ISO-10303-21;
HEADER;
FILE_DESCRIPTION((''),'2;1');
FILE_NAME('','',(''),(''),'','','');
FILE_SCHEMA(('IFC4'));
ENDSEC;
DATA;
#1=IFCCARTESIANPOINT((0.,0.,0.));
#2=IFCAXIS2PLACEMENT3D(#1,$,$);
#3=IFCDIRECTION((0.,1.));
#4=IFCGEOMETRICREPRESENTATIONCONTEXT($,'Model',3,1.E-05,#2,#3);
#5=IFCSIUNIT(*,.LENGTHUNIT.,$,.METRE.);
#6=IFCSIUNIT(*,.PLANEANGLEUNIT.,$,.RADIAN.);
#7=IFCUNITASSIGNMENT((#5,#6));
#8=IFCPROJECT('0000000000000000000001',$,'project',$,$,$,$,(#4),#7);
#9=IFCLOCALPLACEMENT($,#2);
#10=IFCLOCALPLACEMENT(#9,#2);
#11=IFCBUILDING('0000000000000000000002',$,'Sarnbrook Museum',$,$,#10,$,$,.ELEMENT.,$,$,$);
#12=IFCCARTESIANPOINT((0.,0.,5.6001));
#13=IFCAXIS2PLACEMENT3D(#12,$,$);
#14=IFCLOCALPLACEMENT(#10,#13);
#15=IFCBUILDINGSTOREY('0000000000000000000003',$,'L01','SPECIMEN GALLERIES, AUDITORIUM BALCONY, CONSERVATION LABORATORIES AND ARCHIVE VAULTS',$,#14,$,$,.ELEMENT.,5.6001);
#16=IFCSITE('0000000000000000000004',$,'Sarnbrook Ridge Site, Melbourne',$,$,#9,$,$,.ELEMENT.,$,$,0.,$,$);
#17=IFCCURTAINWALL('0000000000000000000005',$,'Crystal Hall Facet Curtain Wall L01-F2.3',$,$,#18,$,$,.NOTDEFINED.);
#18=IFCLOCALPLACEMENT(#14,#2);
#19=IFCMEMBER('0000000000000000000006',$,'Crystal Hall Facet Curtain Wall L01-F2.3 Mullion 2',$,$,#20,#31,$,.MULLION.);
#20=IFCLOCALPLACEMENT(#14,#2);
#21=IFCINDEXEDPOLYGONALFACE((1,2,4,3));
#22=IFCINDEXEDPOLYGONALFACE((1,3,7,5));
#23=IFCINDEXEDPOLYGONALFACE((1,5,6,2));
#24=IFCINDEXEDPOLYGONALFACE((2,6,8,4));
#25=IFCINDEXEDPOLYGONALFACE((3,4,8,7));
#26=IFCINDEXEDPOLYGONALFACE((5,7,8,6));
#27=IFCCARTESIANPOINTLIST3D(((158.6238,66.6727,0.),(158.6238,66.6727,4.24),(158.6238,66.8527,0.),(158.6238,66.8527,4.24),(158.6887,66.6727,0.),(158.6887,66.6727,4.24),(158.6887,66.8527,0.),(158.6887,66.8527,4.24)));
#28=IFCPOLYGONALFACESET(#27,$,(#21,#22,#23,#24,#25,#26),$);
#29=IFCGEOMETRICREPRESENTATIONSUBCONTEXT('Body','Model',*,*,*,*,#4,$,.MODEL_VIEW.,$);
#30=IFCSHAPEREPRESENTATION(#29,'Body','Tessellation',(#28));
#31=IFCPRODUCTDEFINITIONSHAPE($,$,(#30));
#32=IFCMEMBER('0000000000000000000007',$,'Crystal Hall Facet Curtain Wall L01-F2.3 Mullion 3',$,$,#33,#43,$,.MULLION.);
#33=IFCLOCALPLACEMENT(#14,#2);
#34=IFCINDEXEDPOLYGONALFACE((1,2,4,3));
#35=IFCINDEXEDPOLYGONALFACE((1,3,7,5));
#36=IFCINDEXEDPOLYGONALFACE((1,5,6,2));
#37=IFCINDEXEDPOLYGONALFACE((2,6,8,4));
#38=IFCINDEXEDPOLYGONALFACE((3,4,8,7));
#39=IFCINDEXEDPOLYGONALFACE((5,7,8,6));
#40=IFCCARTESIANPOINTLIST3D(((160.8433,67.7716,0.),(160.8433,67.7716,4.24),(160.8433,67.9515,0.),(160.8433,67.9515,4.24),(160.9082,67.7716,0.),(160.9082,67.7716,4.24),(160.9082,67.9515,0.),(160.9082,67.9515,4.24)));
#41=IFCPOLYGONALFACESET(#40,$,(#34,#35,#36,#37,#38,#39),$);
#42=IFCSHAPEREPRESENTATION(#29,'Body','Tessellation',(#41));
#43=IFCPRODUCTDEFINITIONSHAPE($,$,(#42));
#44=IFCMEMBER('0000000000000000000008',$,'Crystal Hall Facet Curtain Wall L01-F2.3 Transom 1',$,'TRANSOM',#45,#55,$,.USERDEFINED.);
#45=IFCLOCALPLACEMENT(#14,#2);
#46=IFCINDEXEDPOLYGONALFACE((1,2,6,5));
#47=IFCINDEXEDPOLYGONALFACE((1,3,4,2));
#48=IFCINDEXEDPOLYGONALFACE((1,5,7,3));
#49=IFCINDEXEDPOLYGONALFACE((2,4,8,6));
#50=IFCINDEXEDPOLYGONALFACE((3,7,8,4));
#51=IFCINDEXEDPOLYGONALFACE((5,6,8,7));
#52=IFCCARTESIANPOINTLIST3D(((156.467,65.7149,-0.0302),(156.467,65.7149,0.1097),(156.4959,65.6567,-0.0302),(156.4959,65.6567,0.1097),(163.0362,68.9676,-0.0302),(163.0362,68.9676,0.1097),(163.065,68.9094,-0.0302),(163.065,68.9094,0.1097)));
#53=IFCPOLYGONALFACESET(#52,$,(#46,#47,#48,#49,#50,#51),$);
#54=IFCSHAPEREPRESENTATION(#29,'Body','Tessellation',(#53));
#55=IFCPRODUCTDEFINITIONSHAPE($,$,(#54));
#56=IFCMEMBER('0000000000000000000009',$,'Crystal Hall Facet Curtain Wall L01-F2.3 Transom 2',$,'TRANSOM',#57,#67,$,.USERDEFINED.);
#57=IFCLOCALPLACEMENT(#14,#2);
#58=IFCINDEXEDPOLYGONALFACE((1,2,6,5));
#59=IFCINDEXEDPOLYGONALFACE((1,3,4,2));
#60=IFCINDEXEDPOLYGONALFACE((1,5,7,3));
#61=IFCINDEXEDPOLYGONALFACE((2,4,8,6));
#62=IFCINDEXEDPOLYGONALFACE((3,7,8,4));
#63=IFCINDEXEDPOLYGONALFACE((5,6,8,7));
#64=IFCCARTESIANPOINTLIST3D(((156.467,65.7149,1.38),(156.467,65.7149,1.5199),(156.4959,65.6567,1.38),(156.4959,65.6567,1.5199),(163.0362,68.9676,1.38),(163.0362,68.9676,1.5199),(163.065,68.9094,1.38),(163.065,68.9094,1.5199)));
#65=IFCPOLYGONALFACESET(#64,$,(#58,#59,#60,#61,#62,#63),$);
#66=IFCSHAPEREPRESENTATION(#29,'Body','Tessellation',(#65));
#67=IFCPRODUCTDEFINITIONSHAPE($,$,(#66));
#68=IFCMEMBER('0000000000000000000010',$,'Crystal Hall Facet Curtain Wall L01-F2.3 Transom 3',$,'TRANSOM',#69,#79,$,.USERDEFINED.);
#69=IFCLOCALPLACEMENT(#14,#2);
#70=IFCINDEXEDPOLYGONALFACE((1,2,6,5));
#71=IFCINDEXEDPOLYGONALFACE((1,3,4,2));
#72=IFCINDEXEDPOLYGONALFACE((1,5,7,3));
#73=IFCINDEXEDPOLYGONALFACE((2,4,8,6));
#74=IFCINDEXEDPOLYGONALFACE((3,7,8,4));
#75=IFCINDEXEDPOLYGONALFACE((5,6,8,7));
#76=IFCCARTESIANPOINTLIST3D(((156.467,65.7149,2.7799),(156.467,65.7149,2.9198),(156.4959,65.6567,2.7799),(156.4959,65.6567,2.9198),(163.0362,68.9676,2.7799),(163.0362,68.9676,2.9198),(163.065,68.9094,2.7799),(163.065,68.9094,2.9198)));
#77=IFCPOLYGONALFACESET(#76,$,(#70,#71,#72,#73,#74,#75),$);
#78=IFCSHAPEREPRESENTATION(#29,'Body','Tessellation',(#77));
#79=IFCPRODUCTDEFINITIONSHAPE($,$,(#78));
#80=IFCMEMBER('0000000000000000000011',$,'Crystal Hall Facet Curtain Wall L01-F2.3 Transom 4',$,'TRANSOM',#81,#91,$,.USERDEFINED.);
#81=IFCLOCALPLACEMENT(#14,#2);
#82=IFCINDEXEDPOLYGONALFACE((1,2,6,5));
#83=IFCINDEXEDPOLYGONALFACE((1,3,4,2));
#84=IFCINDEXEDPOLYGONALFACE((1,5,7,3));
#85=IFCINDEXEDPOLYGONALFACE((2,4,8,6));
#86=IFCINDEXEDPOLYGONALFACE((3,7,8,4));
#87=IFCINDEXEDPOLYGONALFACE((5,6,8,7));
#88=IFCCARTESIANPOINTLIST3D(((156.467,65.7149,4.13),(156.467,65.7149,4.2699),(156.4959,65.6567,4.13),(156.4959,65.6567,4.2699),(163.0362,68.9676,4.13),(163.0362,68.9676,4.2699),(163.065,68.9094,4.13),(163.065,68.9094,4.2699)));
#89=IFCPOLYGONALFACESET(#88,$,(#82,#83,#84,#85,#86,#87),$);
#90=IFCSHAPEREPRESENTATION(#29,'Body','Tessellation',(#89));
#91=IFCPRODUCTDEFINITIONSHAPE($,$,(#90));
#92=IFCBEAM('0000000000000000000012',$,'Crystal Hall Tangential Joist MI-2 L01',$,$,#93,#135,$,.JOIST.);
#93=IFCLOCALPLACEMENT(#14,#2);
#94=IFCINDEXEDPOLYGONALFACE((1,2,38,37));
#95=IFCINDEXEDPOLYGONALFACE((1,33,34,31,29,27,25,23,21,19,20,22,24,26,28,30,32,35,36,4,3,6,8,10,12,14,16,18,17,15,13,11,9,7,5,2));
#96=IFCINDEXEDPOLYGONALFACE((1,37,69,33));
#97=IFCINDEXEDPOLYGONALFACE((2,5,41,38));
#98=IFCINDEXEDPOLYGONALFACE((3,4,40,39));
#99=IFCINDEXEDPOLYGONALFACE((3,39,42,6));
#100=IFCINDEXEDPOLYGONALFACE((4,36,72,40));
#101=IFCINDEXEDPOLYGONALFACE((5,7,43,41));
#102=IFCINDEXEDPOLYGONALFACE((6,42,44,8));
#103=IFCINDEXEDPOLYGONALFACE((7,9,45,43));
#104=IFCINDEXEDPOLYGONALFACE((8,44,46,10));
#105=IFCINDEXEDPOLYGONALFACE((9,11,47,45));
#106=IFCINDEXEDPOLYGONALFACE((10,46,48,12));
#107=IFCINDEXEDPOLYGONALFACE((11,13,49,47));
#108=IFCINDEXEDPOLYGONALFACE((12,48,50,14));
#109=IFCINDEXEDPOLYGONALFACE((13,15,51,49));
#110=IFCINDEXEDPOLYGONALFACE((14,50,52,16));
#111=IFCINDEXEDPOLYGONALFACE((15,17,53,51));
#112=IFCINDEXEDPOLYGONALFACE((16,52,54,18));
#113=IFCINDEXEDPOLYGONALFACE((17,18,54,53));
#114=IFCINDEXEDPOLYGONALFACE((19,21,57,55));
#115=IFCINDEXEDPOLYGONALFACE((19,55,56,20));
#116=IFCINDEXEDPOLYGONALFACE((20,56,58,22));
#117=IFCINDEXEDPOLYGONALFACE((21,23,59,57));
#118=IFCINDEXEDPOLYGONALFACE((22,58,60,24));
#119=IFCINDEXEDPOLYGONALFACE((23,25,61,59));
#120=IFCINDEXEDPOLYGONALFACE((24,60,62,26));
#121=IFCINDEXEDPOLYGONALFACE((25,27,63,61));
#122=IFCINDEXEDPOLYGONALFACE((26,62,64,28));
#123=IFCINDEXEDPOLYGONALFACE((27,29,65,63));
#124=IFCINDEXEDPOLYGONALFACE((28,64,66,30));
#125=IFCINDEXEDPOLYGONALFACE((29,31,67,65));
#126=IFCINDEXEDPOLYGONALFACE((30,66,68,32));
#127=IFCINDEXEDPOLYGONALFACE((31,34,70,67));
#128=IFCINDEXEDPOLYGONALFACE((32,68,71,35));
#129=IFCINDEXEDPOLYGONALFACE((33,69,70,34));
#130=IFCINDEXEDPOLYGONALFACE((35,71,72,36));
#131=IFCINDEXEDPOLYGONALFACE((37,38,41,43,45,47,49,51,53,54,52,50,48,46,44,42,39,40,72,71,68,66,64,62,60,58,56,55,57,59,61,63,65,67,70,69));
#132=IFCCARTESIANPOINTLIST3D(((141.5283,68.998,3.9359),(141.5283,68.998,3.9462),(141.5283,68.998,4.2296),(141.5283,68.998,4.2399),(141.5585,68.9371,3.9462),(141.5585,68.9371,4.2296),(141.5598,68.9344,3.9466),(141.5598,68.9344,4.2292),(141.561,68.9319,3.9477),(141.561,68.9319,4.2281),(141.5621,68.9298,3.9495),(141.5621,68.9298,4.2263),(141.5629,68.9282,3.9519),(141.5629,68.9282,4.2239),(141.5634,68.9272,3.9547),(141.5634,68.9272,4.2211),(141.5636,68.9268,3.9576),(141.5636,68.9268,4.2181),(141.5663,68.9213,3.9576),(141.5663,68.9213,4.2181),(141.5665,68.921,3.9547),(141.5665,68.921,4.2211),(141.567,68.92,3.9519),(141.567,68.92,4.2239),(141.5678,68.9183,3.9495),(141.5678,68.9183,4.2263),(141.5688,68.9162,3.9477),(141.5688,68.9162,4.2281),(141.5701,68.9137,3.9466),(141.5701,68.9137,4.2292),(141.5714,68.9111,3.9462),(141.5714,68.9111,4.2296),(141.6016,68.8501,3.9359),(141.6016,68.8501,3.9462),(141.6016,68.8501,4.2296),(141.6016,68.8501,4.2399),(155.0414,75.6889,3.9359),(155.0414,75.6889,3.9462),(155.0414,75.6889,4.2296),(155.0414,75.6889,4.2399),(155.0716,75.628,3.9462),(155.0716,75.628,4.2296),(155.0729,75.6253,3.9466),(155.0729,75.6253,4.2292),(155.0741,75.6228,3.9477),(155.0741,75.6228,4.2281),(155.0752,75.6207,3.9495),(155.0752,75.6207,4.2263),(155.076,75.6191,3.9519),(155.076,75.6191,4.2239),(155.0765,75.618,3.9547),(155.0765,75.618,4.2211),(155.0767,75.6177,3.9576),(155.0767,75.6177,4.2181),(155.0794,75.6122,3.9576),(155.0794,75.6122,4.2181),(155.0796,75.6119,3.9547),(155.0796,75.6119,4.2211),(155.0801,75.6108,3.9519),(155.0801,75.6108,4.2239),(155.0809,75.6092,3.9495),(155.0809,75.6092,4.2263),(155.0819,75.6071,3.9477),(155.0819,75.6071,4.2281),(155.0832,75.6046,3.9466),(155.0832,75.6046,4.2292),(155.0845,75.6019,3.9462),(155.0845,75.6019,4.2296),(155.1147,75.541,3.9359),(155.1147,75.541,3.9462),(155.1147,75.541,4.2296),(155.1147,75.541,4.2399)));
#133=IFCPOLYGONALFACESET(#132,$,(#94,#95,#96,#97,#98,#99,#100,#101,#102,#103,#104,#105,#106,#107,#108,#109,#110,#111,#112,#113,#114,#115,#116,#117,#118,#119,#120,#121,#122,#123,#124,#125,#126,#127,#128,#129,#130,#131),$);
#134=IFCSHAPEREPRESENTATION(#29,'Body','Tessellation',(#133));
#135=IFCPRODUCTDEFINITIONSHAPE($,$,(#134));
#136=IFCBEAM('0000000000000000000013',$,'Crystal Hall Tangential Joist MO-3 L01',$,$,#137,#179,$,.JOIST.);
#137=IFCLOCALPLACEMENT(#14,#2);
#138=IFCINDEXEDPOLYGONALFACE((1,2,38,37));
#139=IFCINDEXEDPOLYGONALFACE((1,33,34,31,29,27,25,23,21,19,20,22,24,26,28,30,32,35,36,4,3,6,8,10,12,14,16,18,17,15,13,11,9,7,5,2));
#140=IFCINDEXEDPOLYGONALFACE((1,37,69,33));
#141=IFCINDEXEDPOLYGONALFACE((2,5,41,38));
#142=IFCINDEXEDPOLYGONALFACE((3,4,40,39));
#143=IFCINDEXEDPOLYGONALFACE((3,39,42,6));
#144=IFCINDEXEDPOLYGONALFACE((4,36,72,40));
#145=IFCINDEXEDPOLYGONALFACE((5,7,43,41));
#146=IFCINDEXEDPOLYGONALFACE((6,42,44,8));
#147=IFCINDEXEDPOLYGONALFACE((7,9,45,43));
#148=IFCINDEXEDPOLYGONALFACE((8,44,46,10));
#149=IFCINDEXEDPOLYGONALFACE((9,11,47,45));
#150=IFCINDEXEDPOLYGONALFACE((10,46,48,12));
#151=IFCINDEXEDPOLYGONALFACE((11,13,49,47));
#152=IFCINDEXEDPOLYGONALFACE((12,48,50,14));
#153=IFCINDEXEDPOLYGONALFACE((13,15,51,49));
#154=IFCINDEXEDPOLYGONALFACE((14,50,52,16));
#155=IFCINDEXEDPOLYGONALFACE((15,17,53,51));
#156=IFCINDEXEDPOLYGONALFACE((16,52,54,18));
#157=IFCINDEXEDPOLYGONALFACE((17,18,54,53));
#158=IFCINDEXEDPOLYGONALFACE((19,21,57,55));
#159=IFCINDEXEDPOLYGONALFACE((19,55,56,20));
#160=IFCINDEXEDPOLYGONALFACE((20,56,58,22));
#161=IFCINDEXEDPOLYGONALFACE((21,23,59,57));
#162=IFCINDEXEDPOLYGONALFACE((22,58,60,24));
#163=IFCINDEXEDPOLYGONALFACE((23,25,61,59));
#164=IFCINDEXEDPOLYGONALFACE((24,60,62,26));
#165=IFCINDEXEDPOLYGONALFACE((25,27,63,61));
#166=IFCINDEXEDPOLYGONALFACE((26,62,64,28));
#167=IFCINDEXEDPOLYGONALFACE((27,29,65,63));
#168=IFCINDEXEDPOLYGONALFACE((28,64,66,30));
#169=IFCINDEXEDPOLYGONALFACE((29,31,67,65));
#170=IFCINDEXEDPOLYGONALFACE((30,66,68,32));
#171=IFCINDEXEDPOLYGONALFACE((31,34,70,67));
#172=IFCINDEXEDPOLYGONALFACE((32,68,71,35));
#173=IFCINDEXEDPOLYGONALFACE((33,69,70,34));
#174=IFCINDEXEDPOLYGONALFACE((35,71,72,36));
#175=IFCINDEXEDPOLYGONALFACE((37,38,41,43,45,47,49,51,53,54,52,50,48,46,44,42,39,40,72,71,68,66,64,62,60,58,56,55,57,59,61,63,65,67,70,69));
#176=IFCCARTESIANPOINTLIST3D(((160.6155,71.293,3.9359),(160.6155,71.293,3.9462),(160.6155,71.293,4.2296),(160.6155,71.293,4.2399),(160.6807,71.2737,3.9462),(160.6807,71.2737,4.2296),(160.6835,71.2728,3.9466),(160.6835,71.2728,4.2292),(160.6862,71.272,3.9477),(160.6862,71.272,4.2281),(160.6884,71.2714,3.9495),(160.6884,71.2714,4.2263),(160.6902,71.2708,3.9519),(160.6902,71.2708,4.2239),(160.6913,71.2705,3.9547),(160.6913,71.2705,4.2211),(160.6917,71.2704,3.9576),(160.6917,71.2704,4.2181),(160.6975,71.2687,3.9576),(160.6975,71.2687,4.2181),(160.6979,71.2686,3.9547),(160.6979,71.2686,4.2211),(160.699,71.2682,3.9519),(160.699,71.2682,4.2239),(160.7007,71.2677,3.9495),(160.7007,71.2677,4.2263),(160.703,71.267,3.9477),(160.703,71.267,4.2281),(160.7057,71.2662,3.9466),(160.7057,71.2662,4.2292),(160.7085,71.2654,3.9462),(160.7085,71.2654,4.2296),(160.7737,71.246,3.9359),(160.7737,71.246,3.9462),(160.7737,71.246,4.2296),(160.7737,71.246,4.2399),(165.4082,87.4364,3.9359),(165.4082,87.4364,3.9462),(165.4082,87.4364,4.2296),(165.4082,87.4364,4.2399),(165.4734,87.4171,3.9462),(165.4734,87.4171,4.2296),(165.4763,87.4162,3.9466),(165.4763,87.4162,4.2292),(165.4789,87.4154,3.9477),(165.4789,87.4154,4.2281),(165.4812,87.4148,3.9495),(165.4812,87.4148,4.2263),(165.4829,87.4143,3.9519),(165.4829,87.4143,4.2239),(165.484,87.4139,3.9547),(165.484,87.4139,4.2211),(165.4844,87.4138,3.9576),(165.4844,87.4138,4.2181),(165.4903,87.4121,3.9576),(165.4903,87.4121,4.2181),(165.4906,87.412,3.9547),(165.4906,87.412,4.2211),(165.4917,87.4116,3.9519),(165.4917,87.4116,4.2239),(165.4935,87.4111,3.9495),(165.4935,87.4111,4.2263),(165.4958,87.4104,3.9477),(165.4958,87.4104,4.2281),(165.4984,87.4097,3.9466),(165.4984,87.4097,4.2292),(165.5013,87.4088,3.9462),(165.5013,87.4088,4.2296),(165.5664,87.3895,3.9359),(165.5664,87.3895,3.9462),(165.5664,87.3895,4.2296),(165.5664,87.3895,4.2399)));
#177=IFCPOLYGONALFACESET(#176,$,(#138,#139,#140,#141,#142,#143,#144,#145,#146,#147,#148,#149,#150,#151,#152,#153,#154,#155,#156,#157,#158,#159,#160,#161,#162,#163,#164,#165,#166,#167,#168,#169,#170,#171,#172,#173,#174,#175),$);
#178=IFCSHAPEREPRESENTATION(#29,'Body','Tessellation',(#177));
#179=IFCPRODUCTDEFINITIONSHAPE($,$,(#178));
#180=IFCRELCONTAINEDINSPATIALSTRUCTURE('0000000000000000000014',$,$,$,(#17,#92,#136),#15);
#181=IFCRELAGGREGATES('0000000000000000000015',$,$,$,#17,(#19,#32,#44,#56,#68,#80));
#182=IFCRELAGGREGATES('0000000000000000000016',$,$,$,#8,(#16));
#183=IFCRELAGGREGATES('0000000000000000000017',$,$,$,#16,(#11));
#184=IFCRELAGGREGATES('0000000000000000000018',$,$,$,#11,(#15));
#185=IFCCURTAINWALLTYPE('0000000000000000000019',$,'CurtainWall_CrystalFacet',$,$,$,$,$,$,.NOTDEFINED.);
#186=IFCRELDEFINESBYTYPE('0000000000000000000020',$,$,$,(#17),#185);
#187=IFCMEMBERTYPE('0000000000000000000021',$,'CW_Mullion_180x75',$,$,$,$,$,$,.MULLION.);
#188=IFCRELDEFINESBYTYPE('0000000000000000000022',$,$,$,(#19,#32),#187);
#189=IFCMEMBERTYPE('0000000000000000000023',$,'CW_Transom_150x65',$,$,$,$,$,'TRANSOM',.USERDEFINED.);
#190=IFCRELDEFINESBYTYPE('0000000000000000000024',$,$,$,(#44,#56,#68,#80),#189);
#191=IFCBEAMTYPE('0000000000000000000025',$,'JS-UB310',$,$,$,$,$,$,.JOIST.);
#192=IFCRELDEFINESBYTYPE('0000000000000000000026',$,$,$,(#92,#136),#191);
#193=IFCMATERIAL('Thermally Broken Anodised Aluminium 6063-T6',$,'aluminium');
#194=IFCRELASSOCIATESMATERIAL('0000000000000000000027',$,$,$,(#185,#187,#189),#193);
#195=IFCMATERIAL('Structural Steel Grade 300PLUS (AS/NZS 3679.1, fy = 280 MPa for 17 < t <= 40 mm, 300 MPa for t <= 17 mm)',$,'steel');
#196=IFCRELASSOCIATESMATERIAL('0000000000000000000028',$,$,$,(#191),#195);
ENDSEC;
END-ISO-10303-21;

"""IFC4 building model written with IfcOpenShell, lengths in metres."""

from ifc_helpers import new_model, si_unit, direction, frame, origin, origin_2d, place, context, subcontext, project, spatial, rectangle, i_section, extrude, material, material_profile, profile_set, type_object, element, aggregate, save


model = new_model("IFC4")

# Units and contexts
model_context = context("Model", 3, precision=1e-05, world=origin(), true_north=direction((0.0, 1.0)))
body_context = subcontext(model_context, "Body", "Model", "MODEL_VIEW")
ifc_project = project(units=[si_unit("LENGTHUNIT", "METRE"), si_unit("PLANEANGLEUNIT", "RADIAN")], contexts=[model_context])

# Site, building, storey
site_placement = place(None, origin())
site = spatial("IfcSite", under=ifc_project, at=site_placement, Name="Sarnbrook Ridge Site, Melbourne", CompositionType="ELEMENT", RefElevation=0.0)
building_placement = place(site_placement, origin())
building = spatial("IfcBuilding", under=site, at=building_placement, Name="Sarnbrook Museum", CompositionType="ELEMENT")
storey_placement = place(building_placement, frame((0.0, 0.0, 5.6001)))
storey = spatial("IfcBuildingStorey", under=building, at=storey_placement, Name="L01", Description="SPECIMEN GALLERIES, AUDITORIUM BALCONY, CONSERVATION LABORATORIES AND ARCHIVE VAULTS", CompositionType="ELEMENT", Elevation=5.6001)

# Shared definitions
ifc_material_1 = material(Name="Structural Steel Grade 300PLUS (AS/NZS 3679.1, fy = 280 MPa for 17 < t <= 40 mm, 300 MPa for t <= 17 mm)", Category="steel")

# Curtain wall, members
ifc_material_2 = material(Name="Thermally Broken Anodised Aluminium 6063-T6", Category="aluminium")
curtain_wall_type = type_object("IfcCurtainWallType", Name="CurtainWall_CrystalFacet", PredefinedType="NOTDEFINED", material=ifc_material_2)
curtain_wall_placement = place(storey_placement, origin())
curtain_wall = element("IfcCurtainWall", 1, at=curtain_wall_placement, inside=storey, type_object=curtain_wall_type, Name="Crystal Hall Facet Curtain Wall L01-F2.3", PredefinedType="NOTDEFINED")
ifc_material_profile_1 = material_profile(ifc_material_2, rectangle(XDim=0.0649, YDim=0.1799, at=origin_2d()), Name="ALU MULLION 65x180")
ifc_profile_set_1 = profile_set([ifc_material_profile_1], Name="Thermally Broken Anodised Aluminium 6063-T6")
member_type_1 = type_object("IfcMemberType", Name="CW_Mullion_180x75", PredefinedType="MULLION", material=ifc_profile_set_1)
member_1_placement = place(storey_placement, frame((158.6562, 66.7627, 0.0), z_axis=(0.0, 0.0, 1.0), x_axis=(1.0, 0.0, 0.0)))
member_1 = element("IfcMember", 2, at=member_1_placement, type_object=member_type_1, Name="Crystal Hall Facet Curtain Wall L01-F2.3 Mullion 2", PredefinedType="MULLION", context=body_context, shape_type="SweptSolid", body=[
    extrude(rectangle(XDim=0.0649, YDim=0.1799, at=origin_2d()), origin(), (0.0, 0.0, 1.0), 4.24),
])
member_2_placement = place(storey_placement, frame((160.8757, 67.8616, 0.0), z_axis=(0.0, 0.0, 1.0), x_axis=(1.0, 0.0, 0.0)))
member_2 = element("IfcMember", 3, at=member_2_placement, type_object=member_type_1, Name="Crystal Hall Facet Curtain Wall L01-F2.3 Mullion 3", PredefinedType="MULLION", context=body_context, shape_type="SweptSolid", body=[
    extrude(rectangle(XDim=0.0649, YDim=0.1799, at=origin_2d()), origin(), (0.0, 0.0, 1.0), 4.24),
])
ifc_material_profile_2 = material_profile(ifc_material_2, rectangle(XDim=0.0649, YDim=0.1399, at=origin_2d()), Name="ALU TRANSOM 65x140")
ifc_profile_set_2 = profile_set([ifc_material_profile_2], Name="Thermally Broken Anodised Aluminium 6063-T6")
member_type_2 = type_object("IfcMemberType", Name="CW_Transom_150x65", ElementType="TRANSOM", PredefinedType="USERDEFINED", material=ifc_profile_set_2)
member_3_placement = place(storey_placement, frame((156.4814, 65.6858, 0.0398), z_axis=(0.896159, 0.443733, 0.0), x_axis=(-0.443733, 0.896159, 0.0)))
member_3 = element("IfcMember", 4, at=member_3_placement, type_object=member_type_2, Name="Crystal Hall Facet Curtain Wall L01-F2.3 Transom 1", ObjectType="TRANSOM", PredefinedType="USERDEFINED", context=body_context, shape_type="SweptSolid", body=[
    extrude(rectangle(XDim=0.0649, YDim=0.1399, at=origin_2d()), origin(), (0.0, 0.0, 1.0), 7.3303),
])
member_4_placement = place(storey_placement, frame((156.4814, 65.6858, 1.45), z_axis=(0.896159, 0.443733, 0.0), x_axis=(-0.443733, 0.896159, 0.0)))
member_4 = element("IfcMember", 5, at=member_4_placement, type_object=member_type_2, Name="Crystal Hall Facet Curtain Wall L01-F2.3 Transom 2", ObjectType="TRANSOM", PredefinedType="USERDEFINED", context=body_context, shape_type="SweptSolid", body=[
    extrude(rectangle(XDim=0.0649, YDim=0.1399, at=origin_2d()), origin(), (0.0, 0.0, 1.0), 7.3303),
])
member_5_placement = place(storey_placement, frame((156.4814, 65.6858, 2.8499), z_axis=(0.896159, 0.443733, 0.0), x_axis=(-0.443733, 0.896159, 0.0)))
member_5 = element("IfcMember", 6, at=member_5_placement, type_object=member_type_2, Name="Crystal Hall Facet Curtain Wall L01-F2.3 Transom 3", ObjectType="TRANSOM", PredefinedType="USERDEFINED", context=body_context, shape_type="SweptSolid", body=[
    extrude(rectangle(XDim=0.0649, YDim=0.1399, at=origin_2d()), origin(), (0.0, 0.0, 1.0), 7.3303),
])
member_6_placement = place(storey_placement, frame((156.4814, 65.6858, 4.2), z_axis=(0.896159, 0.443733, 0.0), x_axis=(-0.443733, 0.896159, 0.0)))
member_6 = element("IfcMember", 7, at=member_6_placement, type_object=member_type_2, Name="Crystal Hall Facet Curtain Wall L01-F2.3 Transom 4", ObjectType="TRANSOM", PredefinedType="USERDEFINED", context=body_context, shape_type="SweptSolid", body=[
    extrude(rectangle(XDim=0.0649, YDim=0.1399, at=origin_2d()), origin(), (0.0, 0.0, 1.0), 7.3303),
])

# Beams
ifc_material_profile_3 = material_profile(ifc_material_1, i_section(OverallWidth=0.165, OverallDepth=0.304, WebThickness=0.0061, FlangeThickness=0.0103, FilletRadius=0.0115, at=origin_2d()), Name="310UB40.4")
ifc_profile_set_3 = profile_set([ifc_material_profile_3], Name="Structural Steel Grade 300PLUS (AS/NZS 3679.1, fy = 280 MPa for 17 < t <= 40 mm, 300 MPa for t <= 17 mm)")
beam_type_1 = type_object("IfcBeamType", Name="JS-UB310", PredefinedType="JOIST", material=ifc_profile_set_3)
beam_1_placement = place(storey_placement, frame((141.5649, 68.9241, 4.0879), z_axis=(0.896163, 0.443726, 0.0), x_axis=(-0.443726, 0.896163, 0.0)))
element("IfcBeam", 8, at=beam_1_placement, inside=storey, type_object=beam_type_1, Name="Crystal Hall Tangential Joist MI-2 L01", PredefinedType="JOIST", context=body_context, shape_type="SweptSolid", body=[
    extrude(i_section(OverallWidth=0.165, OverallDepth=0.304, WebThickness=0.0061, FlangeThickness=0.0103, FilletRadius=0.0115, at=origin_2d()), origin(), (0.0, 0.0, 1.0), 15.0789),
])
beam_2_placement = place(storey_placement, frame((160.6946, 71.2695, 4.0879), z_axis=(0.284608, 0.958644, 0.0), x_axis=(-0.958644, 0.284608, 0.0)))
element("IfcBeam", 9, at=beam_2_placement, inside=storey, type_object=beam_type_1, Name="Crystal Hall Tangential Joist MO-3 L01", PredefinedType="JOIST", context=body_context, shape_type="SweptSolid", body=[
    extrude(i_section(OverallWidth=0.165, OverallDepth=0.304, WebThickness=0.0061, FlangeThickness=0.0103, FilletRadius=0.0115, at=origin_2d()), origin(), (0.0, 0.0, 1.0), 16.8398),
])

aggregate(curtain_wall, [member_1, member_2, member_3, member_4, member_5, member_6])

save(model, "model.ifc")
